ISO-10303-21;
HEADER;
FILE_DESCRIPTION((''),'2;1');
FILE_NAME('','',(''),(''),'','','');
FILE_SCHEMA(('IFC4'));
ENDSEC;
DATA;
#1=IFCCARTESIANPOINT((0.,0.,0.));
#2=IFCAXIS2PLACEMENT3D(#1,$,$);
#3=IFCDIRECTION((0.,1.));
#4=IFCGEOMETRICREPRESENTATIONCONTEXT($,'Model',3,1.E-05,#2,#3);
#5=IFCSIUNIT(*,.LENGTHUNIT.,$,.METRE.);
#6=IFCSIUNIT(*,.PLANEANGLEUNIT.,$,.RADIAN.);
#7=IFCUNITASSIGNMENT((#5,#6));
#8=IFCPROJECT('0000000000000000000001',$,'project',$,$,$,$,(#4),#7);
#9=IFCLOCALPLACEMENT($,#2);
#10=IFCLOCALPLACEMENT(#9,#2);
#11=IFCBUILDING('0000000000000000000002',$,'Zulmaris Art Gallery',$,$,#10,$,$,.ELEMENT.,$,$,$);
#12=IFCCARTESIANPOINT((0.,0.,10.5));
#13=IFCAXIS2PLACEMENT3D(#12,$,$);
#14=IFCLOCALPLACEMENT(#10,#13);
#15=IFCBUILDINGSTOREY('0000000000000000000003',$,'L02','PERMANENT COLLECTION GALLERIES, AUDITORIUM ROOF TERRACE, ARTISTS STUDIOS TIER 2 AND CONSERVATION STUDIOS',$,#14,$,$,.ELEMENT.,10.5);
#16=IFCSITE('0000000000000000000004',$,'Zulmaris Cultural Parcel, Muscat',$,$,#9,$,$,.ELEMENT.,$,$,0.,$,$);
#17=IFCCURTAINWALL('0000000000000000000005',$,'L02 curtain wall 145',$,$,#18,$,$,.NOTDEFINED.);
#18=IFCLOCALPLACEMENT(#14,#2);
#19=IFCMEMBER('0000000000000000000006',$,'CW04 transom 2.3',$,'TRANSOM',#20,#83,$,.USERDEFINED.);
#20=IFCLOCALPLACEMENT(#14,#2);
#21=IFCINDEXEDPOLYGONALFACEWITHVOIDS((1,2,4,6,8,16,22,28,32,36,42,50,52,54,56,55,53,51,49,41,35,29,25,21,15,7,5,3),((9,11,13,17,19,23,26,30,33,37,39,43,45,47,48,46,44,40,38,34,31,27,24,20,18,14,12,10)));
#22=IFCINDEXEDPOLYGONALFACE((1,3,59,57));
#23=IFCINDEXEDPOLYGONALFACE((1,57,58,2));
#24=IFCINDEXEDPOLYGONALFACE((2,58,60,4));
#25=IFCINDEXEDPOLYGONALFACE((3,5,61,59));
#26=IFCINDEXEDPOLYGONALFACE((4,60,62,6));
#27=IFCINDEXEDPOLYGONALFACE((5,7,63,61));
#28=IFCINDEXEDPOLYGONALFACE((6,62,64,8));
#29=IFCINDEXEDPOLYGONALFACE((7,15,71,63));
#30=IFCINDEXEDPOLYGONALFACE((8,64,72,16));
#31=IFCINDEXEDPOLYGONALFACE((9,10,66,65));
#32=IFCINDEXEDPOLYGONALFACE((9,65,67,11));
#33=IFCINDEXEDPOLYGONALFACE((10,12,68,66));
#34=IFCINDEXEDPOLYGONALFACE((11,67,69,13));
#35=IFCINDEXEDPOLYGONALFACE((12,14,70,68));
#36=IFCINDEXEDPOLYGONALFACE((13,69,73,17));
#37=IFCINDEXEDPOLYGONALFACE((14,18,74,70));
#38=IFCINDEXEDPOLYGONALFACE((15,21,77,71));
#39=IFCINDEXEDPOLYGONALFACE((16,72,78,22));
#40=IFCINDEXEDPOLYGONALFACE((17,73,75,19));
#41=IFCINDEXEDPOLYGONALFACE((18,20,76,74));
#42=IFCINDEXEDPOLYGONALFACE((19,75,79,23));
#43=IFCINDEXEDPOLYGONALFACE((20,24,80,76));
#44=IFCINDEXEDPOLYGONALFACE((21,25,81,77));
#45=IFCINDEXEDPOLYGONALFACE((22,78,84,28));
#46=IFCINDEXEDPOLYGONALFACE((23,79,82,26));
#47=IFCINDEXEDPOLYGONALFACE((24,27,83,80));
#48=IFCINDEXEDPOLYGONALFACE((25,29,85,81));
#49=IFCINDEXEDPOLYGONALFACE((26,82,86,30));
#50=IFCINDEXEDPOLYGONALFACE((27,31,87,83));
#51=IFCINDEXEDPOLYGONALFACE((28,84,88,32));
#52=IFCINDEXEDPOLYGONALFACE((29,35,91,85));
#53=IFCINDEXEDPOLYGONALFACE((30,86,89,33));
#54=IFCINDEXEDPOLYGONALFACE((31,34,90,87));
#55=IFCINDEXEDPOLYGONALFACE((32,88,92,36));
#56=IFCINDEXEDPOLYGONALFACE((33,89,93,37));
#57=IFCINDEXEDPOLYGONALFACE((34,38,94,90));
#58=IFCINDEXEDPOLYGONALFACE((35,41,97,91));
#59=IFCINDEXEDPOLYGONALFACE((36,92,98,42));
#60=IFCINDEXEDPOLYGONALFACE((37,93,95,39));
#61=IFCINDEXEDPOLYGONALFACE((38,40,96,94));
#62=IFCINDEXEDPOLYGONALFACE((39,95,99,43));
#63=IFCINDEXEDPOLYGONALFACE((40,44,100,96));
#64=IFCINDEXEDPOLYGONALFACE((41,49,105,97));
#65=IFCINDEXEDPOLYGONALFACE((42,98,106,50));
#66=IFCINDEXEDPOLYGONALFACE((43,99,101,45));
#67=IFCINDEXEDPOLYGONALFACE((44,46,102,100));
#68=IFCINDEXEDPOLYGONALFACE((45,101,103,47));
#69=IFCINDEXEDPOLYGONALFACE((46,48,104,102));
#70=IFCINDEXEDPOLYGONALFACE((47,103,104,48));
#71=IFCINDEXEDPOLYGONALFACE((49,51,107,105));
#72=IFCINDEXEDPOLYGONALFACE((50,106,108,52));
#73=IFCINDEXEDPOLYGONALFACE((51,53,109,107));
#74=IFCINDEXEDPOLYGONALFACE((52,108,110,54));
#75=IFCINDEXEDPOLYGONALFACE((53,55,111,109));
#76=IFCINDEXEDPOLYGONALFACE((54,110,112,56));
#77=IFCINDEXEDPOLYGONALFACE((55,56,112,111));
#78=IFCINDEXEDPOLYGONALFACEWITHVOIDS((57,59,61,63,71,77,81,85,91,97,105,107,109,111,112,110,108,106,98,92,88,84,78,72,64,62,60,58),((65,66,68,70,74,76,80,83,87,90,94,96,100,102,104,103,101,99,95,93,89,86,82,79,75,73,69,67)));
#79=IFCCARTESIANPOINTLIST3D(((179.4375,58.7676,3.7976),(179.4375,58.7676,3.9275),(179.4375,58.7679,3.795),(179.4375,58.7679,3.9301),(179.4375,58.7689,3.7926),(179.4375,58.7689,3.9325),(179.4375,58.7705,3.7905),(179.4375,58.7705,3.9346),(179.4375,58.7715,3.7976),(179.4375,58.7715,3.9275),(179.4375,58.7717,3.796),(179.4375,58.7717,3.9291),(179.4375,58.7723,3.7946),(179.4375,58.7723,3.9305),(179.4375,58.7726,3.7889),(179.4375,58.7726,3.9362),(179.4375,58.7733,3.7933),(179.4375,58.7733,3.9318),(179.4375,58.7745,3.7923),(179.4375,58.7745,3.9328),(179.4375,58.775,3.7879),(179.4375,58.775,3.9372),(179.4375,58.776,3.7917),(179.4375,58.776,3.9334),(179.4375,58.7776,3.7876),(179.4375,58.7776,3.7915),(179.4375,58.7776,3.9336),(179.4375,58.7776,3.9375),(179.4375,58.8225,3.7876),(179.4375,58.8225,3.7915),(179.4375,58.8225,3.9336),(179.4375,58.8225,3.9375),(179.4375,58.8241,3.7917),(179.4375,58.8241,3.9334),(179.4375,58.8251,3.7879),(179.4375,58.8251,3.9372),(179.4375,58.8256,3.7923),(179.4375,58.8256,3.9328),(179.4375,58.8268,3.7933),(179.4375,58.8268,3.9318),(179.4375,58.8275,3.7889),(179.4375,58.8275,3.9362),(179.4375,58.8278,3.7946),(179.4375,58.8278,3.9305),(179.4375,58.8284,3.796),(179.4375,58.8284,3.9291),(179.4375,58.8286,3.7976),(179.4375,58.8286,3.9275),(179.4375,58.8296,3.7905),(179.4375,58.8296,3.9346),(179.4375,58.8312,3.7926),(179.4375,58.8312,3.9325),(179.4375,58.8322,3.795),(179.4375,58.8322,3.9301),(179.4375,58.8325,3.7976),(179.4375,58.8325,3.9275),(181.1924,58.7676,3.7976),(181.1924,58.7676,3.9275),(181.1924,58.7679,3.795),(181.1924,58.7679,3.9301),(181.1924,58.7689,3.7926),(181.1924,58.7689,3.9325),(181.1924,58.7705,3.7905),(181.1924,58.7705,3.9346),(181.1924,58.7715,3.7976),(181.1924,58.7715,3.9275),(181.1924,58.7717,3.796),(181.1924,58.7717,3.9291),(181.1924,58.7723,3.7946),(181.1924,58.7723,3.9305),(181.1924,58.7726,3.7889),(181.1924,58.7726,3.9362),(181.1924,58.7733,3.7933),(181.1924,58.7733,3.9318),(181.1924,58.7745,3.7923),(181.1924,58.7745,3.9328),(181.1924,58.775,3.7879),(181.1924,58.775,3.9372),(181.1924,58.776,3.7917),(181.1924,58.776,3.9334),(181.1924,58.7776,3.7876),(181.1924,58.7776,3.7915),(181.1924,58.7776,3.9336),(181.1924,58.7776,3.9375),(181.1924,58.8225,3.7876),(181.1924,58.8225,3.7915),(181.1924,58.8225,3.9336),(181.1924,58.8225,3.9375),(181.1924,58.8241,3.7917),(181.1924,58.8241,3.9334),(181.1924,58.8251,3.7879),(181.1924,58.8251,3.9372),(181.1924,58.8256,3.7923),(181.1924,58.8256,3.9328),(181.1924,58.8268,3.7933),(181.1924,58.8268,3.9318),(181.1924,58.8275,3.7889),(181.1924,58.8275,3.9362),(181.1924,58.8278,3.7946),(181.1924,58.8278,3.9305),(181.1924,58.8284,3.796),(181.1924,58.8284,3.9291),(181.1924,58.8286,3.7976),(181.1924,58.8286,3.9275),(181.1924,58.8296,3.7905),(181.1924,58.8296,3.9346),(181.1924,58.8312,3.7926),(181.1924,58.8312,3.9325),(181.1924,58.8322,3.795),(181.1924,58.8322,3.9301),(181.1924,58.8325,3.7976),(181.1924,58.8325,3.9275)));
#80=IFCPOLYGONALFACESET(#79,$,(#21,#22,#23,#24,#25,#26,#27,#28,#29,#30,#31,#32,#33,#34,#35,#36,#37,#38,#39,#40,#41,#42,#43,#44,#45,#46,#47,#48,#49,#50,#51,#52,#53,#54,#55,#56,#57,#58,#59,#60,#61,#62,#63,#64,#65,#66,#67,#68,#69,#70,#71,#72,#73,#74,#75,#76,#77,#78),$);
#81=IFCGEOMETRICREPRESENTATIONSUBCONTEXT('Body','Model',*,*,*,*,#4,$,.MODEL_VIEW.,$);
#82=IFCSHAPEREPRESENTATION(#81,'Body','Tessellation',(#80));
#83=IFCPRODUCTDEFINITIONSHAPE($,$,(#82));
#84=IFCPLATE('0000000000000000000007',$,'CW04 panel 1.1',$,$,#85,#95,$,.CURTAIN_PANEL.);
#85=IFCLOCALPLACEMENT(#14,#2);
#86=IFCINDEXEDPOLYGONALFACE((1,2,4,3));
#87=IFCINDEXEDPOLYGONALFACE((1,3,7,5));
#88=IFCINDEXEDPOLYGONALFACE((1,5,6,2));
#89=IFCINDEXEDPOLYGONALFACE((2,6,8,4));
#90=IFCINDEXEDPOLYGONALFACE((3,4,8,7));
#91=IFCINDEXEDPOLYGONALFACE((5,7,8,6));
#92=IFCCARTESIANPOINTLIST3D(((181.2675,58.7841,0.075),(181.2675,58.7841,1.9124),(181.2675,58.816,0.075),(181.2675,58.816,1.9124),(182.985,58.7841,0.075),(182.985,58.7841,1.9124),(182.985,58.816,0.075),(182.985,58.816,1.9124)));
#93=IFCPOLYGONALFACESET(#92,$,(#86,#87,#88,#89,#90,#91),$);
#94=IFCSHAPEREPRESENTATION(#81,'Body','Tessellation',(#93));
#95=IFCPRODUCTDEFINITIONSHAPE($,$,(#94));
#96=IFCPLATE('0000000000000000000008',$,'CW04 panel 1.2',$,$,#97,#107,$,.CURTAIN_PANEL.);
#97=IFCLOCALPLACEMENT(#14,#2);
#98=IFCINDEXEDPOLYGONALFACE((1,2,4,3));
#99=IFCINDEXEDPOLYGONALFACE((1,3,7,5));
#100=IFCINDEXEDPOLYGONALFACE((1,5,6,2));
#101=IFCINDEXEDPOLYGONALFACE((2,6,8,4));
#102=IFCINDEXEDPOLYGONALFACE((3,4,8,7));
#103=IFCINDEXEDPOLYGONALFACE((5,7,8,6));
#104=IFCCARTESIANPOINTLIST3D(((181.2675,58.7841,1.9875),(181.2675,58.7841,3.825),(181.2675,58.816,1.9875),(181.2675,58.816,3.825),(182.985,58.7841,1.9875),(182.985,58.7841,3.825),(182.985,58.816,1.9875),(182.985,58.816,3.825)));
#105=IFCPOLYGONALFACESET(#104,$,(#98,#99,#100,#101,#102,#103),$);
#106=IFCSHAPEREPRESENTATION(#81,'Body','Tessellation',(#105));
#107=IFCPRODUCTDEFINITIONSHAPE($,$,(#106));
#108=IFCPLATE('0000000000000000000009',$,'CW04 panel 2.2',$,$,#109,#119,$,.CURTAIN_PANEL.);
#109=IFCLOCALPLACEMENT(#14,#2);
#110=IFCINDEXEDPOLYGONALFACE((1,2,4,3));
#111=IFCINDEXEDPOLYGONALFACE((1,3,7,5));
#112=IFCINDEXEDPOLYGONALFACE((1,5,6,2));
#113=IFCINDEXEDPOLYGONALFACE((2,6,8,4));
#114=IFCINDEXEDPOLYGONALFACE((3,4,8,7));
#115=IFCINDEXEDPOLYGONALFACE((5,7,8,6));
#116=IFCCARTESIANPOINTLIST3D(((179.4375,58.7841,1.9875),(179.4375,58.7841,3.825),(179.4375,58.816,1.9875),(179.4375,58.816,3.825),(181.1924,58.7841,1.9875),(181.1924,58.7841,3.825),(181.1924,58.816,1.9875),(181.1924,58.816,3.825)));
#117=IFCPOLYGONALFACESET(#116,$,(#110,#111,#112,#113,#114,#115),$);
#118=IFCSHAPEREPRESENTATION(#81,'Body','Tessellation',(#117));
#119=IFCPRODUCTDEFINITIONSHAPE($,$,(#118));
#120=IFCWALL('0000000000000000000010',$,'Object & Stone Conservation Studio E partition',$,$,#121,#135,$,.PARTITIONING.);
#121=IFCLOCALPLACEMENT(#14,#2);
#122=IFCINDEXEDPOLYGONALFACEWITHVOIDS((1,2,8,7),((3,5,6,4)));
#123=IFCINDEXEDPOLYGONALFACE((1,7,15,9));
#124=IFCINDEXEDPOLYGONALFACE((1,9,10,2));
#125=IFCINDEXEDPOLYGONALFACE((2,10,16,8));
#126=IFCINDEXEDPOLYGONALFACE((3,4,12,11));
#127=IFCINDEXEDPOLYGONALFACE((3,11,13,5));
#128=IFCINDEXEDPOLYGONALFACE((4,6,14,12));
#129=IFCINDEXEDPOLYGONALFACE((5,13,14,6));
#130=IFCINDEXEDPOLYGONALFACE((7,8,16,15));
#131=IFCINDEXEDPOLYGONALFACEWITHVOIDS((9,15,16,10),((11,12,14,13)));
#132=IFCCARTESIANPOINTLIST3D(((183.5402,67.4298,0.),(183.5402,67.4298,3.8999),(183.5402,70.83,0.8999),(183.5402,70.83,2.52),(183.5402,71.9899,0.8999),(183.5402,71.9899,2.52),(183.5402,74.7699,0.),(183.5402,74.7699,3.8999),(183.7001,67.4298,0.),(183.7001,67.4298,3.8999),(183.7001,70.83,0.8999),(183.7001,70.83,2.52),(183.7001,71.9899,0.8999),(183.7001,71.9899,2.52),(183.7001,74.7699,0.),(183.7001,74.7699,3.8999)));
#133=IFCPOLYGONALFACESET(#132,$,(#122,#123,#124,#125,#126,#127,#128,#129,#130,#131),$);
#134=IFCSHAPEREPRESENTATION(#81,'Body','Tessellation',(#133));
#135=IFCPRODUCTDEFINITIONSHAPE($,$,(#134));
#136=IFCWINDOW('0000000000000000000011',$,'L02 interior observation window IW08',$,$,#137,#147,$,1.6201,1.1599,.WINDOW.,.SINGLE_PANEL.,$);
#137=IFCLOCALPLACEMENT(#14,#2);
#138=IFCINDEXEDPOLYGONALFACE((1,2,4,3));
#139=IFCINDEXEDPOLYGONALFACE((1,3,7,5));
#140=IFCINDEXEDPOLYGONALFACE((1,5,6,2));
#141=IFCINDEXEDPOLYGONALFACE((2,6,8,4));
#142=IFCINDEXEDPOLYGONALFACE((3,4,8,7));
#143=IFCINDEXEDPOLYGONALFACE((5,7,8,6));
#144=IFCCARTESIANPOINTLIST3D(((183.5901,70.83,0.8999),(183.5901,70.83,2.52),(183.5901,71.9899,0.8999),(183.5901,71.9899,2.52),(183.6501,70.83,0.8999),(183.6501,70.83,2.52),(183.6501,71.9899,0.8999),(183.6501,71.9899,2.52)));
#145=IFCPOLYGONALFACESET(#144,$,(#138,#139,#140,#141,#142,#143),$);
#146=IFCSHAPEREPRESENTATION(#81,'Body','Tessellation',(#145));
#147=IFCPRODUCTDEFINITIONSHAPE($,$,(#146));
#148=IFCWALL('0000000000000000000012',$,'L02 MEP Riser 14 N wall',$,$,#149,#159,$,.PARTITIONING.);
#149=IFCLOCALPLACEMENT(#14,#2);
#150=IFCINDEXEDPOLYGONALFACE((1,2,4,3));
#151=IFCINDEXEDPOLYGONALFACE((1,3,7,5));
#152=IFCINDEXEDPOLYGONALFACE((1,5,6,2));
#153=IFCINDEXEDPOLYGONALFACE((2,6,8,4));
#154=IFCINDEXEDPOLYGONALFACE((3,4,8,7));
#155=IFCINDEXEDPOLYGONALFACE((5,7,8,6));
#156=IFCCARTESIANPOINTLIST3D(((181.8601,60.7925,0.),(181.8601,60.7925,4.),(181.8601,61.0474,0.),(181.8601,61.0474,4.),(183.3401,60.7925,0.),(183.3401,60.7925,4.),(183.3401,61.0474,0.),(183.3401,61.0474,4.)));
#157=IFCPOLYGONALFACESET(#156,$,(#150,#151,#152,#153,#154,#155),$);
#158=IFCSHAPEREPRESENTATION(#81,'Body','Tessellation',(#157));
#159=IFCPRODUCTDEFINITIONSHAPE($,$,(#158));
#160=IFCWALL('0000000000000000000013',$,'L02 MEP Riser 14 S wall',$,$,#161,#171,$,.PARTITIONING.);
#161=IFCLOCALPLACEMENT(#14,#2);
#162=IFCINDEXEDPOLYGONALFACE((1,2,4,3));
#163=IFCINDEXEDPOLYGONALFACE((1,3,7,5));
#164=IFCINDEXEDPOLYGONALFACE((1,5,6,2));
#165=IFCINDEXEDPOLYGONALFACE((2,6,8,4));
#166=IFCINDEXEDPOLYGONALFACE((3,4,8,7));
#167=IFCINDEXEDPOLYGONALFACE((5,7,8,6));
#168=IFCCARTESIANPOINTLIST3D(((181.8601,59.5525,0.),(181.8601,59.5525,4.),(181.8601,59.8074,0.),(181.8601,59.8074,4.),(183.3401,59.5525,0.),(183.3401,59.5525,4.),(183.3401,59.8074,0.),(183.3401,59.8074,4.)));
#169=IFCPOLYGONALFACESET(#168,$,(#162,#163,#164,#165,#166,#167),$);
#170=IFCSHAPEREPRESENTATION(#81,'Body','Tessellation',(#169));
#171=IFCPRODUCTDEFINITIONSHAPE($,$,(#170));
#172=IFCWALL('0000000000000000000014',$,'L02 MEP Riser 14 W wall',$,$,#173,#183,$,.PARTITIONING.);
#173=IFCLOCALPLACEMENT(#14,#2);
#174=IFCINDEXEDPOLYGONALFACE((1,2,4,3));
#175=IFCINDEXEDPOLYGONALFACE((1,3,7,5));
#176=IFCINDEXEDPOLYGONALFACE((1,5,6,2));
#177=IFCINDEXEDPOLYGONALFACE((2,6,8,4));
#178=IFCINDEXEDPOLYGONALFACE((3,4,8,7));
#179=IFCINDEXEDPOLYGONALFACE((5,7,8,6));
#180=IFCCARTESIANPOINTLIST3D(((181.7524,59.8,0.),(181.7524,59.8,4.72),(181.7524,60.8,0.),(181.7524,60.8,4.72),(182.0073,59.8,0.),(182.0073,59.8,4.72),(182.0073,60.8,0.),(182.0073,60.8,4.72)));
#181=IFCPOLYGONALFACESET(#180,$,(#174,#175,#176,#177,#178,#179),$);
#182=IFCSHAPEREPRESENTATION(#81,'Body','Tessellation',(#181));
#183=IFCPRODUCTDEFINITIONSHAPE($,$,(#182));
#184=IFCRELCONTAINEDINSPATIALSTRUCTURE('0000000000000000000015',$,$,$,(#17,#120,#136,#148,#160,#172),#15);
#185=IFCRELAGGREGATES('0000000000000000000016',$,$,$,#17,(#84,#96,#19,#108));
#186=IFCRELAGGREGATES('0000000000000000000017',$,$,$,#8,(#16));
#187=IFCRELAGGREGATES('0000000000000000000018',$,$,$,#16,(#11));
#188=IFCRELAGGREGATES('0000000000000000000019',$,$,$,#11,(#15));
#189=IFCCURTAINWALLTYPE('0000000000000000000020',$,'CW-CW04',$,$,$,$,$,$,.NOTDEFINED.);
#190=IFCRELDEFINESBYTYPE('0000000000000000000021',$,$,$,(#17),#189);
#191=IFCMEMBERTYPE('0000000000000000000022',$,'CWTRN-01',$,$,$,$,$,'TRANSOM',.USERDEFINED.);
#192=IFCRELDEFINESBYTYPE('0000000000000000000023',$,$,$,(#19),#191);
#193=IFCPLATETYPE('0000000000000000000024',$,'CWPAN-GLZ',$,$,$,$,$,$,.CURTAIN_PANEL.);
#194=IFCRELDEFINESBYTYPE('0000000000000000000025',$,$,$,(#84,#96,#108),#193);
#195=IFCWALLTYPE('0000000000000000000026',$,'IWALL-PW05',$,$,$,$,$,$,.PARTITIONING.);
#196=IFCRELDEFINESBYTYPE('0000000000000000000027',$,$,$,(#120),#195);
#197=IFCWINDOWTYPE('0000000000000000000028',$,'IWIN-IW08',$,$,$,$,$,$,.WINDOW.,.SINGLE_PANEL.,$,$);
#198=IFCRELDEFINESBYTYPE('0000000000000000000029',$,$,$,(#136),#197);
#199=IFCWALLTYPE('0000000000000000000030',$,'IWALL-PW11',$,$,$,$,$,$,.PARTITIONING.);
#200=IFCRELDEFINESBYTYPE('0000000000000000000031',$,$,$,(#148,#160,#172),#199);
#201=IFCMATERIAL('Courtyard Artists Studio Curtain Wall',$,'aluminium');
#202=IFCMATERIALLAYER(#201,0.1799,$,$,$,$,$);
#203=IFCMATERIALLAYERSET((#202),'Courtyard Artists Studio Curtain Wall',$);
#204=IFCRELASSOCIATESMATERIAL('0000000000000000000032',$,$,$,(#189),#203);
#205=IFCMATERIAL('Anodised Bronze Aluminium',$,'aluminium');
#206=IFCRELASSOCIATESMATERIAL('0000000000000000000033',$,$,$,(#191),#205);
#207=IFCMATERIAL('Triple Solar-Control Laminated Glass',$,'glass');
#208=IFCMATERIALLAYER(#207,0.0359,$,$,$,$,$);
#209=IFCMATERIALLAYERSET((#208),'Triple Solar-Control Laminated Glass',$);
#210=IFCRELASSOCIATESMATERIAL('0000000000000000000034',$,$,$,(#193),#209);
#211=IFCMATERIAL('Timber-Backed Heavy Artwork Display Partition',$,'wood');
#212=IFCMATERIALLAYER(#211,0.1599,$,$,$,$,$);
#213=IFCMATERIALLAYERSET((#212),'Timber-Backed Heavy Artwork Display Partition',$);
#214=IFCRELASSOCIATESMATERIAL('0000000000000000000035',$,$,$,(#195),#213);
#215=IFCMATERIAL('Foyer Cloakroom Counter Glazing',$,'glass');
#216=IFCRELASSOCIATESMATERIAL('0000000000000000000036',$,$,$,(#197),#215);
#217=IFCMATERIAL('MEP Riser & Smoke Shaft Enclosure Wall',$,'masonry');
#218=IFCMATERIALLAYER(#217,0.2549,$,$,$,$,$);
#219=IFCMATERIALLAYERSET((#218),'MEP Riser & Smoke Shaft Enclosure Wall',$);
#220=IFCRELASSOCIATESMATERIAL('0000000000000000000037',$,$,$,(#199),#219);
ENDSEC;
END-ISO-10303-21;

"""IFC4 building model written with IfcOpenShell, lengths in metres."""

from ifc_helpers import new_model, si_unit, direction, frame, frame_2d, origin, origin_2d, place, context, subcontext, project, spatial, rectangle, hollow_rectangle, extrude, material, layer, layer_set, material_profile, profile_set, type_object, element, fill, aggregate, save


model = new_model("IFC4")

# Units and contexts
model_context = context("Model", 3, precision=1e-05, world=origin(), true_north=direction((0.0, 1.0)))
body_context = subcontext(model_context, "Body", "Model", "MODEL_VIEW")
ifc_project = project(units=[si_unit("LENGTHUNIT", "METRE"), si_unit("PLANEANGLEUNIT", "RADIAN")], contexts=[model_context])

# Site, building, storey
site_placement = place(None, origin())
site = spatial("IfcSite", under=ifc_project, at=site_placement, Name="Zulmaris Cultural Parcel, Muscat", CompositionType="ELEMENT", RefElevation=0.0)
building_placement = place(site_placement, origin())
building = spatial("IfcBuilding", under=site, at=building_placement, Name="Zulmaris Art Gallery", CompositionType="ELEMENT")
storey_placement = place(building_placement, frame((0.0, 0.0, 10.5)))
storey = spatial("IfcBuildingStorey", under=building, at=storey_placement, Name="L02", Description="PERMANENT COLLECTION GALLERIES, AUDITORIUM ROOF TERRACE, ARTISTS STUDIOS TIER 2 AND CONSERVATION STUDIOS", CompositionType="ELEMENT", Elevation=10.5)

# Curtain wall, member, plates
ifc_material_1 = material(Name="Courtyard Artists Studio Curtain Wall", Category="aluminium")
ifc_layer_1 = layer(ifc_material_1, 0.1799)
ifc_layer_set_1 = layer_set([ifc_layer_1], Name="Courtyard Artists Studio Curtain Wall")
curtain_wall_type = type_object("IfcCurtainWallType", Name="CW-CW04", PredefinedType="NOTDEFINED", material=ifc_layer_set_1)
curtain_wall_placement = place(storey_placement, origin())
curtain_wall = element("IfcCurtainWall", 1, at=curtain_wall_placement, inside=storey, type_object=curtain_wall_type, Name="L02 curtain wall 145", PredefinedType="NOTDEFINED")
ifc_material_2 = material(Name="Anodised Bronze Aluminium", Category="aluminium")
ifc_material_profile_1 = material_profile(ifc_material_2, hollow_rectangle(XDim=0.0649, YDim=0.1499, WallThickness=0.0039, InnerFilletRadius=0.0061, OuterFilletRadius=0.01, at=origin_2d()), Name="ALU 65x150x4")
ifc_profile_set_1 = profile_set([ifc_material_profile_1], Name="Anodised Bronze Aluminium")
member_type_1 = type_object("IfcMemberType", Name="CWTRN-01", ElementType="TRANSOM", PredefinedType="USERDEFINED", material=ifc_profile_set_1)
member_1_placement = place(storey_placement, frame((181.1924, 58.8, 3.8625), z_axis=(-1.0, 0.0, 0.0), x_axis=(0.0, -1.0, 0.0)))
member_1 = element("IfcMember", 2, at=member_1_placement, type_object=member_type_1, Name="CW04 transom 2.3", ObjectType="TRANSOM", PredefinedType="USERDEFINED", context=body_context, shape_type="SweptSolid", body=[
    extrude(hollow_rectangle(XDim=0.0649, YDim=0.1499, WallThickness=0.0039, InnerFilletRadius=0.0061, OuterFilletRadius=0.01, at=origin_2d()), origin(), (0.0, 0.0, 1.0), 1.7549),
])
ifc_material_3 = material(Name="Triple Solar-Control Laminated Glass", Category="glass")
ifc_layer_2 = layer(ifc_material_3, 0.0359)
ifc_layer_set_2 = layer_set([ifc_layer_2], Name="Triple Solar-Control Laminated Glass")
plate_type = type_object("IfcPlateType", Name="CWPAN-GLZ", PredefinedType="CURTAIN_PANEL", material=ifc_layer_set_2)
plate_1_placement = place(storey_placement, frame((182.1262, 58.8, 0.075), z_axis=(0.0, 0.0, 1.0), x_axis=(-1.0, 0.0, 0.0)))
plate_1 = element("IfcPlate", 3, at=plate_1_placement, type_object=plate_type, Name="CW04 panel 1.1", PredefinedType="CURTAIN_PANEL", context=body_context, shape_type="SweptSolid", body=[
    extrude(rectangle(XDim=1.7175, YDim=0.032, at=origin_2d()), origin(), (0.0, 0.0, 1.0), 1.8374),
])
plate_2_placement = place(storey_placement, frame((182.1262, 58.8, 1.9875), z_axis=(0.0, 0.0, 1.0), x_axis=(-1.0, 0.0, 0.0)))
plate_2 = element("IfcPlate", 4, at=plate_2_placement, type_object=plate_type, Name="CW04 panel 1.2", PredefinedType="CURTAIN_PANEL", context=body_context, shape_type="SweptSolid", body=[
    extrude(rectangle(XDim=1.7175, YDim=0.032, at=origin_2d()), origin(), (0.0, 0.0, 1.0), 1.8374),
])
plate_3_placement = place(storey_placement, frame((180.3149, 58.8, 1.9875), z_axis=(0.0, 0.0, 1.0), x_axis=(-1.0, 0.0, 0.0)))
plate_3 = element("IfcPlate", 5, at=plate_3_placement, type_object=plate_type, Name="CW04 panel 2.2", PredefinedType="CURTAIN_PANEL", context=body_context, shape_type="SweptSolid", body=[
    extrude(rectangle(XDim=1.7549, YDim=0.032, at=origin_2d()), origin(), (0.0, 0.0, 1.0), 1.8374),
])
aggregate(curtain_wall, [plate_1, plate_2, member_1, plate_3])

# Wall, opening, window
ifc_material_4 = material(Name="Timber-Backed Heavy Artwork Display Partition", Category="wood")
ifc_layer_3 = layer(ifc_material_4, 0.1599)
ifc_layer_set_3 = layer_set([ifc_layer_3], Name="Timber-Backed Heavy Artwork Display Partition")
wall_type_1 = type_object("IfcWallType", Name="IWALL-PW05", PredefinedType="PARTITIONING", material=ifc_layer_set_3)
wall_1_placement = place(storey_placement, frame((183.6201, 67.4299, 0.0), z_axis=(0.0, 0.0, 1.0), x_axis=(0.0, 1.0, 0.0)))
wall_1 = element("IfcWall", 6, at=wall_1_placement, inside=storey, type_object=wall_type_1, Name="Object & Stone Conservation Studio E partition", PredefinedType="PARTITIONING", context=body_context, shape_type="SweptSolid", body=[
    extrude(rectangle(XDim=7.3401, YDim=0.1599, at=frame_2d((3.6699, 0.0))), origin(), (0.0, 0.0, 1.0), 3.8999),
])
opening_1_placement = place(wall_1_placement, frame((3.3999, 0.0, 0.8999)))
opening_1 = element("IfcOpeningElement", 7, at=opening_1_placement, cuts=wall_1, PredefinedType="OPENING", context=body_context, shape_type="SweptSolid", body=[
    extrude(rectangle(XDim=1.1599, YDim=1.6201, at=frame_2d((0.5801, 0.8101))), frame((0.0, 0.0898, 0.0), z_axis=(0.0, -1.0, 0.0), x_axis=(1.0, 0.0, 0.0)), (0.0, 0.0, 1.0), 0.1799),
])
ifc_material_5 = material(Name="Foyer Cloakroom Counter Glazing", Category="glass")
window_type = type_object("IfcWindowType", Name="IWIN-IW08", PartitioningType="SINGLE_PANEL", PredefinedType="WINDOW", material=ifc_material_5)
window_placement = place(opening_1_placement, origin())
window = element("IfcWindow", 8, at=window_placement, inside=storey, type_object=window_type, Name="L02 interior observation window IW08", OverallHeight=1.6201, OverallWidth=1.1599, PartitioningType="SINGLE_PANEL", PredefinedType="WINDOW", context=body_context, shape_type="SweptSolid", body=[
    extrude(rectangle(XDim=1.1599, YDim=1.6201, at=frame_2d((0.5801, 0.8101))), frame((0.0, 0.03, 0.0), z_axis=(0.0, -1.0, 0.0), x_axis=(1.0, 0.0, 0.0)), (0.0, 0.0, 1.0), 0.0601),
])
fill(opening_1, window)

# Walls
ifc_material_6 = material(Name="MEP Riser & Smoke Shaft Enclosure Wall", Category="masonry")
ifc_layer_4 = layer(ifc_material_6, 0.2549)
ifc_layer_set_4 = layer_set([ifc_layer_4], Name="MEP Riser & Smoke Shaft Enclosure Wall")
wall_type_2 = type_object("IfcWallType", Name="IWALL-PW11", PredefinedType="PARTITIONING", material=ifc_layer_set_4)
for number, where, z_axis, x_axis, name in (
    (9, (181.8601, 60.9199, 0.0), (0.0, 0.0, 1.0), (1.0, 0.0, 0.0), "L02 MEP Riser 14 N wall"),
    (10, (181.8601, 59.6799, 0.0), (0.0, 0.0, 1.0), (1.0, 0.0, 0.0), "L02 MEP Riser 14 S wall"),
):
    element("IfcWall", number, at=place(storey_placement, frame(where, z_axis=z_axis, x_axis=x_axis)), inside=storey, type_object=wall_type_2, Name=name, PredefinedType="PARTITIONING", context=body_context, shape_type="SweptSolid", body=[
        extrude(rectangle(XDim=1.48, YDim=0.2549, at=frame_2d((0.74, 0.0))), origin(), (0.0, 0.0, 1.0), 4.0),
    ])
wall_2_placement = place(storey_placement, frame((181.8799, 59.8, 0.0), z_axis=(0.0, 0.0, 1.0), x_axis=(0.0, 1.0, 0.0)))
element("IfcWall", 11, at=wall_2_placement, inside=storey, type_object=wall_type_2, Name="L02 MEP Riser 14 W wall", PredefinedType="PARTITIONING", context=body_context, shape_type="SweptSolid", body=[
    extrude(rectangle(XDim=1.0, YDim=0.2549, at=frame_2d((0.5, 0.0))), origin(), (0.0, 0.0, 1.0), 4.72),
])

save(model, "model.ifc")
